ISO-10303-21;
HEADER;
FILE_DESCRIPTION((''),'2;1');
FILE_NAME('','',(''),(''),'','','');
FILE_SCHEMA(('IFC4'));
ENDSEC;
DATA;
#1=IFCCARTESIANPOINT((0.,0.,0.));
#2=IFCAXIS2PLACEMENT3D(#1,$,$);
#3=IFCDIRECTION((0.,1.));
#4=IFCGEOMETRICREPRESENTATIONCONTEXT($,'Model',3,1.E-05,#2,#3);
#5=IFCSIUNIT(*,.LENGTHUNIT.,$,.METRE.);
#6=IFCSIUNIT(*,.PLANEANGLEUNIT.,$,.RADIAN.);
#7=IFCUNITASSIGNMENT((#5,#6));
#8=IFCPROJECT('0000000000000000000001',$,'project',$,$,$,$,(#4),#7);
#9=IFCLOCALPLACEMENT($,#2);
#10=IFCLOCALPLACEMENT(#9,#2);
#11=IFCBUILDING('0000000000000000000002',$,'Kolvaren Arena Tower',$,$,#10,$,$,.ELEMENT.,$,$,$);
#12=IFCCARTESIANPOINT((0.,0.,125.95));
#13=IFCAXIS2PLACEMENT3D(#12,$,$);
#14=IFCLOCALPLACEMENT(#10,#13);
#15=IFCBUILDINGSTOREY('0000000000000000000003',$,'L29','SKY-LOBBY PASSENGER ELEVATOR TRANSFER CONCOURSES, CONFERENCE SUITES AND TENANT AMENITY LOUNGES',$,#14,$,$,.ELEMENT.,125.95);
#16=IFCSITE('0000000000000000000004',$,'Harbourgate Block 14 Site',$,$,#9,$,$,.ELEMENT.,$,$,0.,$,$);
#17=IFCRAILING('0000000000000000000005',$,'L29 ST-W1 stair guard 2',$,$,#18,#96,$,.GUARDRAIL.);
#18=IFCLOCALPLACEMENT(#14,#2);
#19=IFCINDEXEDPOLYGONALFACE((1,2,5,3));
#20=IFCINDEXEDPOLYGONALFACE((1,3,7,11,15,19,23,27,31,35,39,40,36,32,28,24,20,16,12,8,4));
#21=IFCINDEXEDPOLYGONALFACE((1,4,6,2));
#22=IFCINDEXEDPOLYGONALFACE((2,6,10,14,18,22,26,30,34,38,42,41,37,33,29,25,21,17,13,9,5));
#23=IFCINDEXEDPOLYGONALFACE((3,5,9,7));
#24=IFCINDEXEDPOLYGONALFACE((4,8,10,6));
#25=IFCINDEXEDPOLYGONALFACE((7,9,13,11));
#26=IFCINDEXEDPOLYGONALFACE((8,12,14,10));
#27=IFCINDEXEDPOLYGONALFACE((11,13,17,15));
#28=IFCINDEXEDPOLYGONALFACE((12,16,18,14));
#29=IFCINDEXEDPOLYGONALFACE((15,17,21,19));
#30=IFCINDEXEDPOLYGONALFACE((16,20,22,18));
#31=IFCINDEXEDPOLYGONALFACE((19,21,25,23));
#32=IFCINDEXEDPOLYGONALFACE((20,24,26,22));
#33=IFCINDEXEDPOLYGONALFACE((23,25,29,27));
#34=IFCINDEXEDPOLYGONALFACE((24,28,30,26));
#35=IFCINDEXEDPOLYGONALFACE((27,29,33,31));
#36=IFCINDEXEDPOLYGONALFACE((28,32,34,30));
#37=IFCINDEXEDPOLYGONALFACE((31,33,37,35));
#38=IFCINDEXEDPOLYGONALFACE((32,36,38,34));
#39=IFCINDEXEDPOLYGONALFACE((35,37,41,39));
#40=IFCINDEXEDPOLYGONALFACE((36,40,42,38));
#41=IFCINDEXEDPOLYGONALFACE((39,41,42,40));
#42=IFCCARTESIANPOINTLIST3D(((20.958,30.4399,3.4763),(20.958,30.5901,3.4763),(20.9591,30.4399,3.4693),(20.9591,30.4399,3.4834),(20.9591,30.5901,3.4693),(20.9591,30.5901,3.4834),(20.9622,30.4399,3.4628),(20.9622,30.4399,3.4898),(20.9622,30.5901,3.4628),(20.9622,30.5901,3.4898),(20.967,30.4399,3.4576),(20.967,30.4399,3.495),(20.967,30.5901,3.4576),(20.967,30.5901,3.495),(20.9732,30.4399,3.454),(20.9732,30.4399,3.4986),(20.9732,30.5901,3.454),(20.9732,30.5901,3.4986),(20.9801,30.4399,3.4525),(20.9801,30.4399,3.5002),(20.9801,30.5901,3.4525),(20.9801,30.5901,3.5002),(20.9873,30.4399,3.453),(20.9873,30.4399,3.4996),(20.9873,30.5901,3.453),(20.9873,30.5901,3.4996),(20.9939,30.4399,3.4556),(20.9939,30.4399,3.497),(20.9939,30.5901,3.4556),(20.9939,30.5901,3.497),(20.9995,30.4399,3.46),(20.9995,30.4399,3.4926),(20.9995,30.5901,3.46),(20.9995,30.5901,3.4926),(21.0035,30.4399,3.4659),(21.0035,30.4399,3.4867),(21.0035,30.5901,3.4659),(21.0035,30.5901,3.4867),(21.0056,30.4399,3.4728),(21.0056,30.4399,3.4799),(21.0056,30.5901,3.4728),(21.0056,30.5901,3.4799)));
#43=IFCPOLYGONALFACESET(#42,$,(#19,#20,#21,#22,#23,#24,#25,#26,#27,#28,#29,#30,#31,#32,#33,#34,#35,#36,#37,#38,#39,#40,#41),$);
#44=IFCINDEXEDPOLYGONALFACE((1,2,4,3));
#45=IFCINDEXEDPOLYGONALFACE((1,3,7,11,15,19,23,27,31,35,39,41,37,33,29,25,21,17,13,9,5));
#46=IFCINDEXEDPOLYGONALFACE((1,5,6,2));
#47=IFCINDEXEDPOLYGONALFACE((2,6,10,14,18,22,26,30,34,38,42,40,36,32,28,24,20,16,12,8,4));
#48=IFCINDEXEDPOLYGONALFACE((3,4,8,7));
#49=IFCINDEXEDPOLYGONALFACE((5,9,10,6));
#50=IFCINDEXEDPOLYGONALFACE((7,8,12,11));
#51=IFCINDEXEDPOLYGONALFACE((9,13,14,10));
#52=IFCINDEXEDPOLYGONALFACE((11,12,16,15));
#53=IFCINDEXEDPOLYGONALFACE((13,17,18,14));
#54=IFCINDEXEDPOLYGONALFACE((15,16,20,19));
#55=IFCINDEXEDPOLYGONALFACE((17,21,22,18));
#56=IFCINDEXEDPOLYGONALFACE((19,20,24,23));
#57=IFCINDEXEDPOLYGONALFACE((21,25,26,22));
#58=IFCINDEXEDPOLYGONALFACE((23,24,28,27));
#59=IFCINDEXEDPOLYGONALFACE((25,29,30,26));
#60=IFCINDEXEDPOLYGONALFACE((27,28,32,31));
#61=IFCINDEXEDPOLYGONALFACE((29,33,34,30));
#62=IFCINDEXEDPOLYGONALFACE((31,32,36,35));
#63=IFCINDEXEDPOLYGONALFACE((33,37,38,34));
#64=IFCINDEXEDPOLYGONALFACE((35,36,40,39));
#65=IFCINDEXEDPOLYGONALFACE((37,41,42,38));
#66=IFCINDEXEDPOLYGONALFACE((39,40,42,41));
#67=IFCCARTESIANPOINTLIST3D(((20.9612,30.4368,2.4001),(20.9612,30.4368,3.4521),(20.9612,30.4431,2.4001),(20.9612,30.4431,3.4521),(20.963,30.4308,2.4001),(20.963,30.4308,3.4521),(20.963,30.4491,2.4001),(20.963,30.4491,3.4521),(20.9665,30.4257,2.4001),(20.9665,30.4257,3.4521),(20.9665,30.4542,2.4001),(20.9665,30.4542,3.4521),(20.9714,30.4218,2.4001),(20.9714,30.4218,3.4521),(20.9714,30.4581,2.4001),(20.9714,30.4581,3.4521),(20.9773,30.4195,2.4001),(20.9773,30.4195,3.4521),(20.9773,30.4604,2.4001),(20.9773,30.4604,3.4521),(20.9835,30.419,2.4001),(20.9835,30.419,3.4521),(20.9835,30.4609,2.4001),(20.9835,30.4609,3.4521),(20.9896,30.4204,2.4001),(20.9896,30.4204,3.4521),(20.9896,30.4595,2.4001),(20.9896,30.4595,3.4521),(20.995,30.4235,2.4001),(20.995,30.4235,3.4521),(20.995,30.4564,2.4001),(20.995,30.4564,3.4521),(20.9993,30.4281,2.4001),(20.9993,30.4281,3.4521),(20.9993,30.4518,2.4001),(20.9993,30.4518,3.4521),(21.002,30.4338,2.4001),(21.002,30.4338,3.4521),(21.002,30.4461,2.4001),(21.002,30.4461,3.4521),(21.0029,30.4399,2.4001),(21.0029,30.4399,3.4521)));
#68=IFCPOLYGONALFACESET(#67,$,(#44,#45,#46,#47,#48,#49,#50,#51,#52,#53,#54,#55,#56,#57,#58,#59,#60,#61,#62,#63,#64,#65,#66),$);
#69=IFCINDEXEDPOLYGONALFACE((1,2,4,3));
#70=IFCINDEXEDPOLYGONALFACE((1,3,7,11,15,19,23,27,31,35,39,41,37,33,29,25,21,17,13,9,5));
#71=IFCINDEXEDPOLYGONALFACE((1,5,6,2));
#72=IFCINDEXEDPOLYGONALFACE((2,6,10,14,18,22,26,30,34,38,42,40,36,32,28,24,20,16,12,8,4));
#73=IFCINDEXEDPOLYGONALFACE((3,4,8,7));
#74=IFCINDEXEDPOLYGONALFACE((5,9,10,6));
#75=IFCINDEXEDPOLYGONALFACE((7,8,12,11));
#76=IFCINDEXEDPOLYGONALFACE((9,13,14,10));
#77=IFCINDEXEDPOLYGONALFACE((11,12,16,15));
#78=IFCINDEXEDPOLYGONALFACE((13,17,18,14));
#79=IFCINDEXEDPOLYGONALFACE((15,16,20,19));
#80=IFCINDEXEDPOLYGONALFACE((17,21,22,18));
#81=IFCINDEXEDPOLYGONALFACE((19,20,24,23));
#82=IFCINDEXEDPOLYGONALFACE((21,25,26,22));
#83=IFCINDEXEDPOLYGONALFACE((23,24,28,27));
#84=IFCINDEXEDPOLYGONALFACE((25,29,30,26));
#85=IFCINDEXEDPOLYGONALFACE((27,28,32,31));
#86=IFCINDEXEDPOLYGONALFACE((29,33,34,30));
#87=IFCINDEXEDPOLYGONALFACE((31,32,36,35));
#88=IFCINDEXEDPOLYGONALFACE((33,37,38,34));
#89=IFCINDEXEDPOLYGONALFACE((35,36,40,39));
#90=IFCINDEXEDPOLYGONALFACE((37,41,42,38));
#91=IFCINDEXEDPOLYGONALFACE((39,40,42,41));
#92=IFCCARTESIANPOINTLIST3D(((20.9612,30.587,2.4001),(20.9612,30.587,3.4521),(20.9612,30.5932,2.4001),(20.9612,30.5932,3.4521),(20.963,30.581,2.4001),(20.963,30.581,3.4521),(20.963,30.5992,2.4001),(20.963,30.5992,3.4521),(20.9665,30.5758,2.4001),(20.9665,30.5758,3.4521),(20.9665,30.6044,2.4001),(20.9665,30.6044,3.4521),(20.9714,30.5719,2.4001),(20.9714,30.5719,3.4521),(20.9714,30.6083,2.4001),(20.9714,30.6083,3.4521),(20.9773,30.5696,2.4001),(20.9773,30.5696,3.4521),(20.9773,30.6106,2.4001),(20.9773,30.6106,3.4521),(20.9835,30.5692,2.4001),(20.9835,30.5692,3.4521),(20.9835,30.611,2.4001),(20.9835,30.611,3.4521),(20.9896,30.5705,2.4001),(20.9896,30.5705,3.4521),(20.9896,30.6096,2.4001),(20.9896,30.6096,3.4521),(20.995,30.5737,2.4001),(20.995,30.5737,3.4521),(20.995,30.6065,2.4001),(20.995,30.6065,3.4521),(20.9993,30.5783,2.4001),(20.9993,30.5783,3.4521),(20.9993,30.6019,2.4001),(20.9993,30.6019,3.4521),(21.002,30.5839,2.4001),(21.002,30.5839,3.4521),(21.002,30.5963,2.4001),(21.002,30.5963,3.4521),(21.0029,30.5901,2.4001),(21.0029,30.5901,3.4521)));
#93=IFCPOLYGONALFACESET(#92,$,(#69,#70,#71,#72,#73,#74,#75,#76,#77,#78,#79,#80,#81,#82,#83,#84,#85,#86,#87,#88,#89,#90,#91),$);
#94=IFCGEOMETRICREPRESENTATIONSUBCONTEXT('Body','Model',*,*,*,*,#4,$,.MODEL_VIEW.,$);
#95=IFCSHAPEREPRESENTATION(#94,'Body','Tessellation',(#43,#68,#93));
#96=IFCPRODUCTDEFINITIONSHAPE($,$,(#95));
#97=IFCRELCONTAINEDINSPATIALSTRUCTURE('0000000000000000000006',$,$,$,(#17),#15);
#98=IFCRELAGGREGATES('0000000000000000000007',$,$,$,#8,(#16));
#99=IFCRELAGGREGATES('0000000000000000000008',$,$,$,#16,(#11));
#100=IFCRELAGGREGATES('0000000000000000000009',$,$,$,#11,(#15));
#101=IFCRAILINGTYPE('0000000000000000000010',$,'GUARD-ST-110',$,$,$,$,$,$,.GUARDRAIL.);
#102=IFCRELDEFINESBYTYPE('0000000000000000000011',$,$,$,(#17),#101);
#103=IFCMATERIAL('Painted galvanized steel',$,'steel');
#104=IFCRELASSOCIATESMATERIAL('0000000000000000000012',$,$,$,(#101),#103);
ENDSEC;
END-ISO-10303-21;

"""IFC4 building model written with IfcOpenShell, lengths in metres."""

from ifc_helpers import new_model, si_unit, direction, frame, origin, origin_2d, place, context, subcontext, project, spatial, circle, extrude, material, type_object, element, save


model = new_model("IFC4")

# Units and contexts
model_context = context("Model", 3, precision=1e-05, world=origin(), true_north=direction((0.0, 1.0)))
body_context = subcontext(model_context, "Body", "Model", "MODEL_VIEW")
ifc_project = project(units=[si_unit("LENGTHUNIT", "METRE"), si_unit("PLANEANGLEUNIT", "RADIAN")], contexts=[model_context])

# Site, building, storey
site_placement = place(None, origin())
site = spatial("IfcSite", under=ifc_project, at=site_placement, Name="Harbourgate Block 14 Site", CompositionType="ELEMENT", RefElevation=0.0)
building_placement = place(site_placement, origin())
building = spatial("IfcBuilding", under=site, at=building_placement, Name="Kolvaren Arena Tower", CompositionType="ELEMENT")
storey_placement = place(building_placement, frame((0.0, 0.0, 125.95)))
storey = spatial("IfcBuildingStorey", under=building, at=storey_placement, Name="L29", Description="SKY-LOBBY PASSENGER ELEVATOR TRANSFER CONCOURSES, CONFERENCE SUITES AND TENANT AMENITY LOUNGES", CompositionType="ELEMENT", Elevation=125.95)

# Railing
ifc_material_1 = material(Name="Painted galvanized steel", Category="steel")
railing_type_1 = type_object("IfcRailingType", Name="GUARD-ST-110", PredefinedType="GUARDRAIL", material=ifc_material_1)
railing_1_placement = place(storey_placement, frame((20.9819, 30.4399, 2.4001)))
element("IfcRailing", 1, at=railing_1_placement, inside=storey, type_object=railing_type_1, Name="L29 ST-W1 stair guard 2", PredefinedType="GUARDRAIL", context=body_context, shape_type="SweptSolid", body=[
    extrude(circle(Radius=0.0239, at=origin_2d()), frame((0.0, 0.0, 1.0762), z_axis=(0.0, 1.0, 0.0), x_axis=(-1.0, 0.0, 0.0)), (0.0, 0.0, 1.0), 0.1501),
    extrude(circle(Radius=0.021, at=origin_2d()), origin(), (0.0, 0.0, 1.0), 1.052),
    extrude(circle(Radius=0.021, at=origin_2d()), frame((0.0, 0.1501, 0.0)), (0.0, 0.0, 1.0), 1.052),
])

save(model, "model.ifc")
